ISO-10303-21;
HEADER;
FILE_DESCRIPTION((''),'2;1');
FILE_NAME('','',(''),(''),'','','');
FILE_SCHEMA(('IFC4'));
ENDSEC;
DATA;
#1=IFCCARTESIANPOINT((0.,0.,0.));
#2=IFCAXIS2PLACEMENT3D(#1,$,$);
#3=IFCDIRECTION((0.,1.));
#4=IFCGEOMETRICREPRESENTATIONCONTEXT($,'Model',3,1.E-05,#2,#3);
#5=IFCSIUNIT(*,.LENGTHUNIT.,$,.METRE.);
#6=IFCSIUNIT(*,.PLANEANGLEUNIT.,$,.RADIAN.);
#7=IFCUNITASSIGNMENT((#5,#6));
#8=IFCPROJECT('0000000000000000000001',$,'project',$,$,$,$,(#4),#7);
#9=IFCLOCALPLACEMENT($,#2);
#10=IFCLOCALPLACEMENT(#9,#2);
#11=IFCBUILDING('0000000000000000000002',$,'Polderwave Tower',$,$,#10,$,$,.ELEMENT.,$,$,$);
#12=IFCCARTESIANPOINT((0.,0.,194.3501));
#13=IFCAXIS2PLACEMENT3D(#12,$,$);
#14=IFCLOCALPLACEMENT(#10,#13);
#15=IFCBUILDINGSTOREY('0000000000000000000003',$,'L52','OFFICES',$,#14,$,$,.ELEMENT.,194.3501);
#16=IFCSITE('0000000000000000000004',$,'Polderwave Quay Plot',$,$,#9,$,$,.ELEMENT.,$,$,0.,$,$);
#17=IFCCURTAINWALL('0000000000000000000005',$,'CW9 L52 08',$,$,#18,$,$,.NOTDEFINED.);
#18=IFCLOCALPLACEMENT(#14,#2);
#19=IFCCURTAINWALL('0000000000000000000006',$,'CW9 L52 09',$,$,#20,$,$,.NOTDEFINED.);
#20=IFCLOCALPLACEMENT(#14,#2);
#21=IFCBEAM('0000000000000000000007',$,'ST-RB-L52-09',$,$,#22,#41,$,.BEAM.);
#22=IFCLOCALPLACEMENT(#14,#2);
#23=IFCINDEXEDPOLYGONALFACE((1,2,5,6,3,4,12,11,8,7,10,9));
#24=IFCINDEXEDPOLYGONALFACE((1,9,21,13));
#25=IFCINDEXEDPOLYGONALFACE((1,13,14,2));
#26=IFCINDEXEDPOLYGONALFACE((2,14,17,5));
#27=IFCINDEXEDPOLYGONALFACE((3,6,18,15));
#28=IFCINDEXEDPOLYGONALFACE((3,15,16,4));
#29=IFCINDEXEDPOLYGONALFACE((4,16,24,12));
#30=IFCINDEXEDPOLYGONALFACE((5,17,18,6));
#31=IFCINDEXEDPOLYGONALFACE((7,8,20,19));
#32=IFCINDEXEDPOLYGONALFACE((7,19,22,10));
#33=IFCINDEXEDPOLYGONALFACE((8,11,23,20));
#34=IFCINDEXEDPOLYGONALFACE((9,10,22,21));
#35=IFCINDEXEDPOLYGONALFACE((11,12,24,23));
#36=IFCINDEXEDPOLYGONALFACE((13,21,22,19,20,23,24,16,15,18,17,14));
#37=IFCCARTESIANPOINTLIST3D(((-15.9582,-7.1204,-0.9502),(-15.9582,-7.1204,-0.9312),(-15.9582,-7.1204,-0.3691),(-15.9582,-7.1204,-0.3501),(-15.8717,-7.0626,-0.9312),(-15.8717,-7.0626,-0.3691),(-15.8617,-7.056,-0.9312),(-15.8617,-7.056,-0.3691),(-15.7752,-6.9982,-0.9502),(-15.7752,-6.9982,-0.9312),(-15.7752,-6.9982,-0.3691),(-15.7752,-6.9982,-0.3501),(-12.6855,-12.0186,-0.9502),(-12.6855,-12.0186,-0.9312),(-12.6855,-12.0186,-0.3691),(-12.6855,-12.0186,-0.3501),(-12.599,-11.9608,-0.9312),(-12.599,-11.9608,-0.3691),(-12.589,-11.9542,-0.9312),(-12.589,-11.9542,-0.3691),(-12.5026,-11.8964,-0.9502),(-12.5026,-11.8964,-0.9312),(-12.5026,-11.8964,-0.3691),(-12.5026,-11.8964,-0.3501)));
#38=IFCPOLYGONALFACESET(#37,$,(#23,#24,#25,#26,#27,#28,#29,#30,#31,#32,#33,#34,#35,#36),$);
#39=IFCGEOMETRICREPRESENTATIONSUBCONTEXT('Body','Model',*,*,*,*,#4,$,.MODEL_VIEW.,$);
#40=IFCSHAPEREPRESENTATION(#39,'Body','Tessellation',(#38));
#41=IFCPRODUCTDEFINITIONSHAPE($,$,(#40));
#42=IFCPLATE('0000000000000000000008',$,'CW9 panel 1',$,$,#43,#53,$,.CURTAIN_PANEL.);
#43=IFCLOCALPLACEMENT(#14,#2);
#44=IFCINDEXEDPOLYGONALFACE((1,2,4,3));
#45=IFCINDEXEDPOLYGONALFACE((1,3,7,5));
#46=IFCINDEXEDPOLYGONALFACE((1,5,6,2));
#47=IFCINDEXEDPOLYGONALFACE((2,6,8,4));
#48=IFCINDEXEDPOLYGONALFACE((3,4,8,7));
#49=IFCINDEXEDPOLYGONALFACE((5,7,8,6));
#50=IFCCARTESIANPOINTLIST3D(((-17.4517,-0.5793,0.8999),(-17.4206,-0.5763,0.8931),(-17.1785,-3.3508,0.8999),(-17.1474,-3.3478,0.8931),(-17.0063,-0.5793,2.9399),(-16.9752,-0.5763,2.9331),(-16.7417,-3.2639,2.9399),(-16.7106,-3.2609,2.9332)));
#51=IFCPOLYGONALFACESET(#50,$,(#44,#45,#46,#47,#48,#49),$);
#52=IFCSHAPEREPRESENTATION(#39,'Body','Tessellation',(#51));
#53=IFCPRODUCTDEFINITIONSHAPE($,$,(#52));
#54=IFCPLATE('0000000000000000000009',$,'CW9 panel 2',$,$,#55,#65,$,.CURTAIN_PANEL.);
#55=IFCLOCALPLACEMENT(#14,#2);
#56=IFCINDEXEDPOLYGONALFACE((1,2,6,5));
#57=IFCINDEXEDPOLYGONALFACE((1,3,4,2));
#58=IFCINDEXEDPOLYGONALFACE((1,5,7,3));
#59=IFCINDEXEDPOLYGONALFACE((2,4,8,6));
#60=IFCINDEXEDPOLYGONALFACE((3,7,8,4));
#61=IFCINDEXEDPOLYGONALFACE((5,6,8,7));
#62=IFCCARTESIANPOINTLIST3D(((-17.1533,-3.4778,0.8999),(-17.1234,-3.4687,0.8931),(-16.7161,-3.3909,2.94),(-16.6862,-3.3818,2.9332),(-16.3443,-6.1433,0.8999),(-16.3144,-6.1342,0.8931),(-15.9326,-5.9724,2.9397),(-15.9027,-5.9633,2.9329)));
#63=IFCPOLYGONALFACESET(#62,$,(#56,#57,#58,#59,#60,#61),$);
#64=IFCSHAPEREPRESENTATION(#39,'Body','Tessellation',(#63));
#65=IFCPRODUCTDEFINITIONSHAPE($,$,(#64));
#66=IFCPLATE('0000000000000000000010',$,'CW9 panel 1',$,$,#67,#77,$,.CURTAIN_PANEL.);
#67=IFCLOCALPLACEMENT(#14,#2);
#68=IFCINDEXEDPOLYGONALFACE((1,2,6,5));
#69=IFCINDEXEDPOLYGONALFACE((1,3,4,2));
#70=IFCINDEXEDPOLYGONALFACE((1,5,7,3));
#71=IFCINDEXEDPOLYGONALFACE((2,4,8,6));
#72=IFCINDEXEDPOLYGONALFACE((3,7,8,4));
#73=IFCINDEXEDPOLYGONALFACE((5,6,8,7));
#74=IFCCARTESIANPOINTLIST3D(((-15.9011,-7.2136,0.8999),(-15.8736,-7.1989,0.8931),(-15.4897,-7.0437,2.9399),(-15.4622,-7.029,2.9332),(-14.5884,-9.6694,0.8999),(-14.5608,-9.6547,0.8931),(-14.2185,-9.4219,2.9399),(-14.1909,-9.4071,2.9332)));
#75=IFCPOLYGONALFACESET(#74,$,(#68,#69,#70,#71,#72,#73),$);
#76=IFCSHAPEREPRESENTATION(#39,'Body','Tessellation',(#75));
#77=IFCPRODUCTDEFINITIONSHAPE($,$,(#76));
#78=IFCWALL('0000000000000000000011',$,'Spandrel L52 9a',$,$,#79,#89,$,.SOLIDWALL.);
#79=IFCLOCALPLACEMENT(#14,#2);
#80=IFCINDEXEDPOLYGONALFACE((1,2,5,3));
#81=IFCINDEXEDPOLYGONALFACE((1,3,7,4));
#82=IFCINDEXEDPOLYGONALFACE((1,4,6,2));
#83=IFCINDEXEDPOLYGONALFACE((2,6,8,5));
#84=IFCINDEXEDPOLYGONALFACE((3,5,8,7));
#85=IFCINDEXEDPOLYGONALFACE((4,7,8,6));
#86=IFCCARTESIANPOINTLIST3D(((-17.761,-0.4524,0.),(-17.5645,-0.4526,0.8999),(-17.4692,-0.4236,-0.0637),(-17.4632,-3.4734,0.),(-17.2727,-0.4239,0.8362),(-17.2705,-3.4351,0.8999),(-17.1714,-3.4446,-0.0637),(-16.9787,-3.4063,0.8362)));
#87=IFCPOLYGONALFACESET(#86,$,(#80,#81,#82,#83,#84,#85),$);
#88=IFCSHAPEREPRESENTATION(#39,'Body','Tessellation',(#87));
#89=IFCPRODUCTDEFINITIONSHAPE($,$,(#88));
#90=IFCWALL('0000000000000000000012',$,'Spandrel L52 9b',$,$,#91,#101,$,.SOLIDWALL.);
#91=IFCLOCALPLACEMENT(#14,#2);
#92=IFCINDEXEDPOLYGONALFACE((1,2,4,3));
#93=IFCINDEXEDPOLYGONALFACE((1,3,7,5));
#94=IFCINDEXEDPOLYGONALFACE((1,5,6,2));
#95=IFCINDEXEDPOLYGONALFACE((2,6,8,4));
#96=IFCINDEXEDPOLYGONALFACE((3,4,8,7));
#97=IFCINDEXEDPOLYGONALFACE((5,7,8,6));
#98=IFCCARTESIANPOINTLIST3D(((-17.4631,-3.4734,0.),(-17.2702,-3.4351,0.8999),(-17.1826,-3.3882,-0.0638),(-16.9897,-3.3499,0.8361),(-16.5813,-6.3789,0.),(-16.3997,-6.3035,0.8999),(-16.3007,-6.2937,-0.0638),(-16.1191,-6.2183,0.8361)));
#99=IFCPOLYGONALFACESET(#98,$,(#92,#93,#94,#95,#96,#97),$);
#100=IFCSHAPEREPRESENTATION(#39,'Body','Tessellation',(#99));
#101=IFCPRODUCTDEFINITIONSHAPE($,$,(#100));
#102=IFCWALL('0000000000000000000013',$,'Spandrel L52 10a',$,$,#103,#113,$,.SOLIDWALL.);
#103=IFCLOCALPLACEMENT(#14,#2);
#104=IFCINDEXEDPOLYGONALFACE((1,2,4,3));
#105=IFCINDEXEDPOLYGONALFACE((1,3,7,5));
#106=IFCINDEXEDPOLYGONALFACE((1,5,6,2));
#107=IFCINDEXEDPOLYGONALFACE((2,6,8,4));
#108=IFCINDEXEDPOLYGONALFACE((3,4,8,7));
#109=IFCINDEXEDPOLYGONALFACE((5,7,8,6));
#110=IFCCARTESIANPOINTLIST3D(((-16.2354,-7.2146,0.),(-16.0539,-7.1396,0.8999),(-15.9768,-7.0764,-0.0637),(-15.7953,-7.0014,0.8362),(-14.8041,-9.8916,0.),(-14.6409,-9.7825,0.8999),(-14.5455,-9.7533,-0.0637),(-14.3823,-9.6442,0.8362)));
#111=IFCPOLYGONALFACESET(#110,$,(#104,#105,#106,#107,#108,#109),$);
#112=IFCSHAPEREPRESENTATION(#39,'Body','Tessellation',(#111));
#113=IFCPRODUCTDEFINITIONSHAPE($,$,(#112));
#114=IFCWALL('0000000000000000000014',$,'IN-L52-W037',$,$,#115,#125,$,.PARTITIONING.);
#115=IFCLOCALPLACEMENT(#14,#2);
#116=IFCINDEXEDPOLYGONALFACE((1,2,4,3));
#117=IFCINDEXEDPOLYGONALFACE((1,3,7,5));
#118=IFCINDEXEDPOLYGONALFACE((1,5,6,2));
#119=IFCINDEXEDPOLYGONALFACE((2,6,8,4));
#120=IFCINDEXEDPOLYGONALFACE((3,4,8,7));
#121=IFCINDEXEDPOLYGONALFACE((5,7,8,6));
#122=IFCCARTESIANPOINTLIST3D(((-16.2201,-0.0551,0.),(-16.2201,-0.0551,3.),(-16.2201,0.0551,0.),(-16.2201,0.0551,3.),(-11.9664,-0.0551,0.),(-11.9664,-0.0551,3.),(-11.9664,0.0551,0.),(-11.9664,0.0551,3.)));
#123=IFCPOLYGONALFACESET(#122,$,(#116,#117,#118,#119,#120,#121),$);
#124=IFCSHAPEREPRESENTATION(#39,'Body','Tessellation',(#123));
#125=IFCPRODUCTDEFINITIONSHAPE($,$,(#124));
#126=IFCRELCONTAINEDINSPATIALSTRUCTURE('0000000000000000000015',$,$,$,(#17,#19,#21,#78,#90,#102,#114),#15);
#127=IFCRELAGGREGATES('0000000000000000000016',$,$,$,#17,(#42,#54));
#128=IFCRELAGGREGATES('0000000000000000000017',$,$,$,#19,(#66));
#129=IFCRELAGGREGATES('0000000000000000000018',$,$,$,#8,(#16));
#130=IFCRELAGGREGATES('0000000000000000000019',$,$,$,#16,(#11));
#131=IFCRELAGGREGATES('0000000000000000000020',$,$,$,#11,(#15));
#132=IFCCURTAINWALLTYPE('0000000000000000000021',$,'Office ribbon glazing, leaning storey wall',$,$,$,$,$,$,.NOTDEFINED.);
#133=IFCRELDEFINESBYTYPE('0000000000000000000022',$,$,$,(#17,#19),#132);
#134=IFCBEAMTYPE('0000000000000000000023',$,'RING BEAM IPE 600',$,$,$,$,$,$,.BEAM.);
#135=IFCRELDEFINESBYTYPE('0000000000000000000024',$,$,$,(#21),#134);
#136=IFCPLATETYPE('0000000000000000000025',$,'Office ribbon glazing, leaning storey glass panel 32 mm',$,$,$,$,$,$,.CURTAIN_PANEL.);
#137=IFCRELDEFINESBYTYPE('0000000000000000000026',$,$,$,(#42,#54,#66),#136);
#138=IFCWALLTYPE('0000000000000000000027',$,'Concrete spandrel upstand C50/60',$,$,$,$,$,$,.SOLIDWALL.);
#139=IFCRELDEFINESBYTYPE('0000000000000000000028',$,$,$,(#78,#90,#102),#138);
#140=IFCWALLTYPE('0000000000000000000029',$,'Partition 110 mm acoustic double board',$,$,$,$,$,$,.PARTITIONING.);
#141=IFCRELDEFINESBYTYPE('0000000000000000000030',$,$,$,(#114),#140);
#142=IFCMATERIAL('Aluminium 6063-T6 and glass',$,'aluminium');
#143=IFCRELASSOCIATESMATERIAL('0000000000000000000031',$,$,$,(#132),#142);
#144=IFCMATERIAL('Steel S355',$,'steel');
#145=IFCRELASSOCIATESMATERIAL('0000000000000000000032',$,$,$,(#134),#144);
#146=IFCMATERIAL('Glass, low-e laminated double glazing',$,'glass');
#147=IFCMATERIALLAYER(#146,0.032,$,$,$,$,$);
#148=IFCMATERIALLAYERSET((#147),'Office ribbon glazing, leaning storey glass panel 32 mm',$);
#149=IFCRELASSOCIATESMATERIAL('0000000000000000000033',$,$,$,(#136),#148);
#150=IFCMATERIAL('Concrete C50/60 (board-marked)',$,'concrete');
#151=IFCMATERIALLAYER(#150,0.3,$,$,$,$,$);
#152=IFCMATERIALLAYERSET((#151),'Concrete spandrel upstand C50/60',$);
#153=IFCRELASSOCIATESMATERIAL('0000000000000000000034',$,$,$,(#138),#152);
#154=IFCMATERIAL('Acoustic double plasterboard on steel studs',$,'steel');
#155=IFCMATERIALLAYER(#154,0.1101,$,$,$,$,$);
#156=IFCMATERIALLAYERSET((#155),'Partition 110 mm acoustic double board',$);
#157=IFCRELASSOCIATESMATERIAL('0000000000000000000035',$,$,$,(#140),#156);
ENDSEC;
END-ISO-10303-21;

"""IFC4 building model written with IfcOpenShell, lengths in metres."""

from ifc_helpers import new_model, si_unit, direction, frame, frame_2d, origin, origin_2d, place, context, subcontext, project, spatial, polyline, rectangle, i_section, outline, extrude, material, layer, layer_set, material_profile, profile_set, type_object, element, aggregate, save


model = new_model("IFC4")

# Units and contexts
model_context = context("Model", 3, precision=1e-05, world=origin(), true_north=direction((0.0, 1.0)))
body_context = subcontext(model_context, "Body", "Model", "MODEL_VIEW")
ifc_project = project(units=[si_unit("LENGTHUNIT", "METRE"), si_unit("PLANEANGLEUNIT", "RADIAN")], contexts=[model_context])

# Site, building, storey
site_placement = place(None, origin())
site = spatial("IfcSite", under=ifc_project, at=site_placement, Name="Polderwave Quay Plot", CompositionType="ELEMENT", RefElevation=0.0)
building_placement = place(site_placement, origin())
building = spatial("IfcBuilding", under=site, at=building_placement, Name="Polderwave Tower", CompositionType="ELEMENT")
storey_placement = place(building_placement, frame((0.0, 0.0, 194.3501)))
storey = spatial("IfcBuildingStorey", under=building, at=storey_placement, Name="L52", Description="OFFICES", CompositionType="ELEMENT", Elevation=194.3501)

# Curtain wall
ifc_material_1 = material(Name="Aluminium 6063-T6 and glass", Category="aluminium")
curtain_wall_type = type_object("IfcCurtainWallType", Name="Office ribbon glazing, leaning storey wall", PredefinedType="NOTDEFINED", material=ifc_material_1)
curtain_wall_1_placement = place(storey_placement, origin())
curtain_wall_1 = element("IfcCurtainWall", 1, at=curtain_wall_1_placement, inside=storey, type_object=curtain_wall_type, Name="CW9 L52 08", PredefinedType="NOTDEFINED")

# Curtain wall
curtain_wall_2_placement = place(storey_placement, origin())
curtain_wall_2 = element("IfcCurtainWall", 2, at=curtain_wall_2_placement, inside=storey, type_object=curtain_wall_type, Name="CW9 L52 09", PredefinedType="NOTDEFINED")

# Beam
ifc_material_2 = material(Name="Steel S355", Category="steel")
ifc_material_profile_1 = material_profile(ifc_material_2, i_section(OverallWidth=0.22, OverallDepth=0.6001, WebThickness=0.012, FlangeThickness=0.019, at=origin_2d()), Name="IPE 600")
ifc_profile_set_1 = profile_set([ifc_material_profile_1], Name="Steel S355")
beam_type = type_object("IfcBeamType", Name="RING BEAM IPE 600", PredefinedType="BEAM", material=ifc_profile_set_1)
beam_1_placement = place(storey_placement, frame((-15.8667, -7.0593, -0.6501), z_axis=(0.555551, -0.831482, 0.0), x_axis=(0.831482, 0.555551, 0.0)))
element("IfcBeam", 3, at=beam_1_placement, inside=storey, type_object=beam_type, Name="ST-RB-L52-09", PredefinedType="BEAM", context=body_context, shape_type="SweptSolid", body=[
    extrude(i_section(OverallWidth=0.22, OverallDepth=0.6001, WebThickness=0.012, FlangeThickness=0.019, at=origin_2d()), origin(), (0.0, 0.0, 1.0), 5.8909),
])

# Plates
ifc_material_3 = material(Name="Glass, low-e laminated double glazing", Category="glass")
ifc_layer_1 = layer(ifc_material_3, 0.032)
ifc_layer_set_1 = layer_set([ifc_layer_1], Name="Office ribbon glazing, leaning storey glass panel 32 mm")
plate_type = type_object("IfcPlateType", Name="Office ribbon glazing, leaning storey glass panel 32 mm", PredefinedType="CURTAIN_PANEL", material=ifc_layer_set_1)
plate_1_placement = place(storey_placement, frame((-17.4517, -0.5793, 0.8999), z_axis=(-0.972494, -0.095866, 0.212287), x_axis=(0.098101, -0.995176, -0.000001)))
plate_1 = element("IfcPlate", 4, at=plate_1_placement, type_object=plate_type, Name="CW9 panel 1", PredefinedType="CURTAIN_PANEL", context=body_context, shape_type="SweptSolid", body=[
    extrude(outline(polyline([(0.0, 0.0), (2.7849, 0.0), (2.7413, 2.0876), (0.0437, 2.0876), (0.0, 0.0)])), origin(), (0.0, 0.0, -1.0), 0.032),
])
plate_2_placement = place(storey_placement, frame((-17.1533, -3.4778, 0.8999), z_axis=(-0.935043, -0.283803, 0.212485), x_axis=(0.290436, -0.956894, 0.000003)))
plate_2 = element("IfcPlate", 5, at=plate_2_placement, type_object=plate_type, Name="CW9 panel 2", PredefinedType="CURTAIN_PANEL", context=body_context, shape_type="SweptSolid", body=[
    extrude(outline(polyline([(0.0, 0.0), (2.7856, 0.0), (2.7416, 2.0875), (0.0438, 2.0877), (0.0, 0.0)])), origin(), (0.0, 0.0, -1.0), 0.032),
])
aggregate(curtain_wall_1, [plate_1, plate_2])
plate_3_placement = place(storey_placement, frame((-15.9011, -7.2136, 0.8999), z_axis=(-0.861832, -0.460688, 0.212161), x_axis=(0.47142, -0.881909, 0.0)))
plate_3 = element("IfcPlate", 6, at=plate_3_placement, type_object=plate_type, Name="CW9 panel 1", PredefinedType="CURTAIN_PANEL", context=body_context, shape_type="SweptSolid", body=[
    extrude(outline(polyline([(0.0, 0.0), (2.7847, 0.0), (2.7407, 2.0876), (0.0441, 2.0876), (0.0, 0.0)])), origin(), (0.0, 0.0, -1.0), 0.032),
])
aggregate(curtain_wall_2, [plate_3])

# Walls
ifc_material_4 = material(Name="Concrete C50/60 (board-marked)", Category="concrete")
ifc_layer_2 = layer(ifc_material_4, 0.3)
ifc_layer_set_2 = layer_set([ifc_layer_2], Name="Concrete spandrel upstand C50/60")
wall_type_1 = type_object("IfcWallType", Name="Concrete spandrel upstand C50/60", PredefinedType="SOLIDWALL", material=ifc_layer_set_2)
wall_1_placement = place(storey_placement, frame((-17.761, -0.4524, 0.0), z_axis=(-0.97249, -0.095865, 0.212304), x_axis=(0.098102, -0.995176, 0.000004)))
element("IfcWall", 7, at=wall_1_placement, inside=storey, type_object=wall_type_1, Name="Spandrel L52 9a", PredefinedType="SOLIDWALL", context=body_context, shape_type="SweptSolid", body=[
    extrude(outline(polyline([(0.0, 0.0), (3.0356, 0.0), (3.0164, 0.9209), (0.0195, 0.9209), (0.0, 0.0)])), origin(), (0.0, 0.0, -1.0), 0.3),
])
wall_2_placement = place(storey_placement, frame((-17.4631, -3.4734, 0.0), z_axis=(-0.935041, -0.283794, 0.212507), x_axis=(0.290427, -0.956897, -0.000001)))
element("IfcWall", 8, at=wall_2_placement, inside=storey, type_object=wall_type_1, Name="Spandrel L52 9b", PredefinedType="SOLIDWALL", context=body_context, shape_type="SweptSolid", body=[
    extrude(outline(polyline([(0.0, 0.0), (3.0364, 0.0), (3.017, 0.9209), (0.0193, 0.9209), (0.0, 0.0)])), origin(), (0.0, 0.0, -1.0), 0.3),
])
wall_3_placement = place(storey_placement, frame((-16.2354, -7.2146, 0.0), z_axis=(-0.861789, -0.460755, 0.212189), x_axis=(0.47149, -0.881871, -0.000006)))
element("IfcWall", 9, at=wall_3_placement, inside=storey, type_object=wall_type_1, Name="Spandrel L52 10a", PredefinedType="SOLIDWALL", context=body_context, shape_type="SweptSolid", body=[
    extrude(outline(polyline([(0.0, 0.0), (3.0355, 0.0), (3.0163, 0.9209), (0.0194, 0.9209), (0.0, 0.0)])), origin(), (0.0, 0.0, -1.0), 0.3),
])
ifc_material_5 = material(Name="Acoustic double plasterboard on steel studs", Category="steel")
ifc_layer_3 = layer(ifc_material_5, 0.1101)
ifc_layer_set_3 = layer_set([ifc_layer_3], Name="Partition 110 mm acoustic double board")
wall_type_2 = type_object("IfcWallType", Name="Partition 110 mm acoustic double board", PredefinedType="PARTITIONING", material=ifc_layer_set_3)
wall_4_placement = place(storey_placement, frame((-11.9663, 0.0, 0.0), z_axis=(0.0, 0.0, 1.0), x_axis=(-1.0, 0.0, 0.0)))
element("IfcWall", 10, at=wall_4_placement, inside=storey, type_object=wall_type_2, Name="IN-L52-W037", PredefinedType="PARTITIONING", context=body_context, shape_type="SweptSolid", body=[
    extrude(rectangle(XDim=4.2537, YDim=0.1101, at=frame_2d((2.127, 0.0))), origin(), (0.0, 0.0, 1.0), 3.0),
])

save(model, "model.ifc")
